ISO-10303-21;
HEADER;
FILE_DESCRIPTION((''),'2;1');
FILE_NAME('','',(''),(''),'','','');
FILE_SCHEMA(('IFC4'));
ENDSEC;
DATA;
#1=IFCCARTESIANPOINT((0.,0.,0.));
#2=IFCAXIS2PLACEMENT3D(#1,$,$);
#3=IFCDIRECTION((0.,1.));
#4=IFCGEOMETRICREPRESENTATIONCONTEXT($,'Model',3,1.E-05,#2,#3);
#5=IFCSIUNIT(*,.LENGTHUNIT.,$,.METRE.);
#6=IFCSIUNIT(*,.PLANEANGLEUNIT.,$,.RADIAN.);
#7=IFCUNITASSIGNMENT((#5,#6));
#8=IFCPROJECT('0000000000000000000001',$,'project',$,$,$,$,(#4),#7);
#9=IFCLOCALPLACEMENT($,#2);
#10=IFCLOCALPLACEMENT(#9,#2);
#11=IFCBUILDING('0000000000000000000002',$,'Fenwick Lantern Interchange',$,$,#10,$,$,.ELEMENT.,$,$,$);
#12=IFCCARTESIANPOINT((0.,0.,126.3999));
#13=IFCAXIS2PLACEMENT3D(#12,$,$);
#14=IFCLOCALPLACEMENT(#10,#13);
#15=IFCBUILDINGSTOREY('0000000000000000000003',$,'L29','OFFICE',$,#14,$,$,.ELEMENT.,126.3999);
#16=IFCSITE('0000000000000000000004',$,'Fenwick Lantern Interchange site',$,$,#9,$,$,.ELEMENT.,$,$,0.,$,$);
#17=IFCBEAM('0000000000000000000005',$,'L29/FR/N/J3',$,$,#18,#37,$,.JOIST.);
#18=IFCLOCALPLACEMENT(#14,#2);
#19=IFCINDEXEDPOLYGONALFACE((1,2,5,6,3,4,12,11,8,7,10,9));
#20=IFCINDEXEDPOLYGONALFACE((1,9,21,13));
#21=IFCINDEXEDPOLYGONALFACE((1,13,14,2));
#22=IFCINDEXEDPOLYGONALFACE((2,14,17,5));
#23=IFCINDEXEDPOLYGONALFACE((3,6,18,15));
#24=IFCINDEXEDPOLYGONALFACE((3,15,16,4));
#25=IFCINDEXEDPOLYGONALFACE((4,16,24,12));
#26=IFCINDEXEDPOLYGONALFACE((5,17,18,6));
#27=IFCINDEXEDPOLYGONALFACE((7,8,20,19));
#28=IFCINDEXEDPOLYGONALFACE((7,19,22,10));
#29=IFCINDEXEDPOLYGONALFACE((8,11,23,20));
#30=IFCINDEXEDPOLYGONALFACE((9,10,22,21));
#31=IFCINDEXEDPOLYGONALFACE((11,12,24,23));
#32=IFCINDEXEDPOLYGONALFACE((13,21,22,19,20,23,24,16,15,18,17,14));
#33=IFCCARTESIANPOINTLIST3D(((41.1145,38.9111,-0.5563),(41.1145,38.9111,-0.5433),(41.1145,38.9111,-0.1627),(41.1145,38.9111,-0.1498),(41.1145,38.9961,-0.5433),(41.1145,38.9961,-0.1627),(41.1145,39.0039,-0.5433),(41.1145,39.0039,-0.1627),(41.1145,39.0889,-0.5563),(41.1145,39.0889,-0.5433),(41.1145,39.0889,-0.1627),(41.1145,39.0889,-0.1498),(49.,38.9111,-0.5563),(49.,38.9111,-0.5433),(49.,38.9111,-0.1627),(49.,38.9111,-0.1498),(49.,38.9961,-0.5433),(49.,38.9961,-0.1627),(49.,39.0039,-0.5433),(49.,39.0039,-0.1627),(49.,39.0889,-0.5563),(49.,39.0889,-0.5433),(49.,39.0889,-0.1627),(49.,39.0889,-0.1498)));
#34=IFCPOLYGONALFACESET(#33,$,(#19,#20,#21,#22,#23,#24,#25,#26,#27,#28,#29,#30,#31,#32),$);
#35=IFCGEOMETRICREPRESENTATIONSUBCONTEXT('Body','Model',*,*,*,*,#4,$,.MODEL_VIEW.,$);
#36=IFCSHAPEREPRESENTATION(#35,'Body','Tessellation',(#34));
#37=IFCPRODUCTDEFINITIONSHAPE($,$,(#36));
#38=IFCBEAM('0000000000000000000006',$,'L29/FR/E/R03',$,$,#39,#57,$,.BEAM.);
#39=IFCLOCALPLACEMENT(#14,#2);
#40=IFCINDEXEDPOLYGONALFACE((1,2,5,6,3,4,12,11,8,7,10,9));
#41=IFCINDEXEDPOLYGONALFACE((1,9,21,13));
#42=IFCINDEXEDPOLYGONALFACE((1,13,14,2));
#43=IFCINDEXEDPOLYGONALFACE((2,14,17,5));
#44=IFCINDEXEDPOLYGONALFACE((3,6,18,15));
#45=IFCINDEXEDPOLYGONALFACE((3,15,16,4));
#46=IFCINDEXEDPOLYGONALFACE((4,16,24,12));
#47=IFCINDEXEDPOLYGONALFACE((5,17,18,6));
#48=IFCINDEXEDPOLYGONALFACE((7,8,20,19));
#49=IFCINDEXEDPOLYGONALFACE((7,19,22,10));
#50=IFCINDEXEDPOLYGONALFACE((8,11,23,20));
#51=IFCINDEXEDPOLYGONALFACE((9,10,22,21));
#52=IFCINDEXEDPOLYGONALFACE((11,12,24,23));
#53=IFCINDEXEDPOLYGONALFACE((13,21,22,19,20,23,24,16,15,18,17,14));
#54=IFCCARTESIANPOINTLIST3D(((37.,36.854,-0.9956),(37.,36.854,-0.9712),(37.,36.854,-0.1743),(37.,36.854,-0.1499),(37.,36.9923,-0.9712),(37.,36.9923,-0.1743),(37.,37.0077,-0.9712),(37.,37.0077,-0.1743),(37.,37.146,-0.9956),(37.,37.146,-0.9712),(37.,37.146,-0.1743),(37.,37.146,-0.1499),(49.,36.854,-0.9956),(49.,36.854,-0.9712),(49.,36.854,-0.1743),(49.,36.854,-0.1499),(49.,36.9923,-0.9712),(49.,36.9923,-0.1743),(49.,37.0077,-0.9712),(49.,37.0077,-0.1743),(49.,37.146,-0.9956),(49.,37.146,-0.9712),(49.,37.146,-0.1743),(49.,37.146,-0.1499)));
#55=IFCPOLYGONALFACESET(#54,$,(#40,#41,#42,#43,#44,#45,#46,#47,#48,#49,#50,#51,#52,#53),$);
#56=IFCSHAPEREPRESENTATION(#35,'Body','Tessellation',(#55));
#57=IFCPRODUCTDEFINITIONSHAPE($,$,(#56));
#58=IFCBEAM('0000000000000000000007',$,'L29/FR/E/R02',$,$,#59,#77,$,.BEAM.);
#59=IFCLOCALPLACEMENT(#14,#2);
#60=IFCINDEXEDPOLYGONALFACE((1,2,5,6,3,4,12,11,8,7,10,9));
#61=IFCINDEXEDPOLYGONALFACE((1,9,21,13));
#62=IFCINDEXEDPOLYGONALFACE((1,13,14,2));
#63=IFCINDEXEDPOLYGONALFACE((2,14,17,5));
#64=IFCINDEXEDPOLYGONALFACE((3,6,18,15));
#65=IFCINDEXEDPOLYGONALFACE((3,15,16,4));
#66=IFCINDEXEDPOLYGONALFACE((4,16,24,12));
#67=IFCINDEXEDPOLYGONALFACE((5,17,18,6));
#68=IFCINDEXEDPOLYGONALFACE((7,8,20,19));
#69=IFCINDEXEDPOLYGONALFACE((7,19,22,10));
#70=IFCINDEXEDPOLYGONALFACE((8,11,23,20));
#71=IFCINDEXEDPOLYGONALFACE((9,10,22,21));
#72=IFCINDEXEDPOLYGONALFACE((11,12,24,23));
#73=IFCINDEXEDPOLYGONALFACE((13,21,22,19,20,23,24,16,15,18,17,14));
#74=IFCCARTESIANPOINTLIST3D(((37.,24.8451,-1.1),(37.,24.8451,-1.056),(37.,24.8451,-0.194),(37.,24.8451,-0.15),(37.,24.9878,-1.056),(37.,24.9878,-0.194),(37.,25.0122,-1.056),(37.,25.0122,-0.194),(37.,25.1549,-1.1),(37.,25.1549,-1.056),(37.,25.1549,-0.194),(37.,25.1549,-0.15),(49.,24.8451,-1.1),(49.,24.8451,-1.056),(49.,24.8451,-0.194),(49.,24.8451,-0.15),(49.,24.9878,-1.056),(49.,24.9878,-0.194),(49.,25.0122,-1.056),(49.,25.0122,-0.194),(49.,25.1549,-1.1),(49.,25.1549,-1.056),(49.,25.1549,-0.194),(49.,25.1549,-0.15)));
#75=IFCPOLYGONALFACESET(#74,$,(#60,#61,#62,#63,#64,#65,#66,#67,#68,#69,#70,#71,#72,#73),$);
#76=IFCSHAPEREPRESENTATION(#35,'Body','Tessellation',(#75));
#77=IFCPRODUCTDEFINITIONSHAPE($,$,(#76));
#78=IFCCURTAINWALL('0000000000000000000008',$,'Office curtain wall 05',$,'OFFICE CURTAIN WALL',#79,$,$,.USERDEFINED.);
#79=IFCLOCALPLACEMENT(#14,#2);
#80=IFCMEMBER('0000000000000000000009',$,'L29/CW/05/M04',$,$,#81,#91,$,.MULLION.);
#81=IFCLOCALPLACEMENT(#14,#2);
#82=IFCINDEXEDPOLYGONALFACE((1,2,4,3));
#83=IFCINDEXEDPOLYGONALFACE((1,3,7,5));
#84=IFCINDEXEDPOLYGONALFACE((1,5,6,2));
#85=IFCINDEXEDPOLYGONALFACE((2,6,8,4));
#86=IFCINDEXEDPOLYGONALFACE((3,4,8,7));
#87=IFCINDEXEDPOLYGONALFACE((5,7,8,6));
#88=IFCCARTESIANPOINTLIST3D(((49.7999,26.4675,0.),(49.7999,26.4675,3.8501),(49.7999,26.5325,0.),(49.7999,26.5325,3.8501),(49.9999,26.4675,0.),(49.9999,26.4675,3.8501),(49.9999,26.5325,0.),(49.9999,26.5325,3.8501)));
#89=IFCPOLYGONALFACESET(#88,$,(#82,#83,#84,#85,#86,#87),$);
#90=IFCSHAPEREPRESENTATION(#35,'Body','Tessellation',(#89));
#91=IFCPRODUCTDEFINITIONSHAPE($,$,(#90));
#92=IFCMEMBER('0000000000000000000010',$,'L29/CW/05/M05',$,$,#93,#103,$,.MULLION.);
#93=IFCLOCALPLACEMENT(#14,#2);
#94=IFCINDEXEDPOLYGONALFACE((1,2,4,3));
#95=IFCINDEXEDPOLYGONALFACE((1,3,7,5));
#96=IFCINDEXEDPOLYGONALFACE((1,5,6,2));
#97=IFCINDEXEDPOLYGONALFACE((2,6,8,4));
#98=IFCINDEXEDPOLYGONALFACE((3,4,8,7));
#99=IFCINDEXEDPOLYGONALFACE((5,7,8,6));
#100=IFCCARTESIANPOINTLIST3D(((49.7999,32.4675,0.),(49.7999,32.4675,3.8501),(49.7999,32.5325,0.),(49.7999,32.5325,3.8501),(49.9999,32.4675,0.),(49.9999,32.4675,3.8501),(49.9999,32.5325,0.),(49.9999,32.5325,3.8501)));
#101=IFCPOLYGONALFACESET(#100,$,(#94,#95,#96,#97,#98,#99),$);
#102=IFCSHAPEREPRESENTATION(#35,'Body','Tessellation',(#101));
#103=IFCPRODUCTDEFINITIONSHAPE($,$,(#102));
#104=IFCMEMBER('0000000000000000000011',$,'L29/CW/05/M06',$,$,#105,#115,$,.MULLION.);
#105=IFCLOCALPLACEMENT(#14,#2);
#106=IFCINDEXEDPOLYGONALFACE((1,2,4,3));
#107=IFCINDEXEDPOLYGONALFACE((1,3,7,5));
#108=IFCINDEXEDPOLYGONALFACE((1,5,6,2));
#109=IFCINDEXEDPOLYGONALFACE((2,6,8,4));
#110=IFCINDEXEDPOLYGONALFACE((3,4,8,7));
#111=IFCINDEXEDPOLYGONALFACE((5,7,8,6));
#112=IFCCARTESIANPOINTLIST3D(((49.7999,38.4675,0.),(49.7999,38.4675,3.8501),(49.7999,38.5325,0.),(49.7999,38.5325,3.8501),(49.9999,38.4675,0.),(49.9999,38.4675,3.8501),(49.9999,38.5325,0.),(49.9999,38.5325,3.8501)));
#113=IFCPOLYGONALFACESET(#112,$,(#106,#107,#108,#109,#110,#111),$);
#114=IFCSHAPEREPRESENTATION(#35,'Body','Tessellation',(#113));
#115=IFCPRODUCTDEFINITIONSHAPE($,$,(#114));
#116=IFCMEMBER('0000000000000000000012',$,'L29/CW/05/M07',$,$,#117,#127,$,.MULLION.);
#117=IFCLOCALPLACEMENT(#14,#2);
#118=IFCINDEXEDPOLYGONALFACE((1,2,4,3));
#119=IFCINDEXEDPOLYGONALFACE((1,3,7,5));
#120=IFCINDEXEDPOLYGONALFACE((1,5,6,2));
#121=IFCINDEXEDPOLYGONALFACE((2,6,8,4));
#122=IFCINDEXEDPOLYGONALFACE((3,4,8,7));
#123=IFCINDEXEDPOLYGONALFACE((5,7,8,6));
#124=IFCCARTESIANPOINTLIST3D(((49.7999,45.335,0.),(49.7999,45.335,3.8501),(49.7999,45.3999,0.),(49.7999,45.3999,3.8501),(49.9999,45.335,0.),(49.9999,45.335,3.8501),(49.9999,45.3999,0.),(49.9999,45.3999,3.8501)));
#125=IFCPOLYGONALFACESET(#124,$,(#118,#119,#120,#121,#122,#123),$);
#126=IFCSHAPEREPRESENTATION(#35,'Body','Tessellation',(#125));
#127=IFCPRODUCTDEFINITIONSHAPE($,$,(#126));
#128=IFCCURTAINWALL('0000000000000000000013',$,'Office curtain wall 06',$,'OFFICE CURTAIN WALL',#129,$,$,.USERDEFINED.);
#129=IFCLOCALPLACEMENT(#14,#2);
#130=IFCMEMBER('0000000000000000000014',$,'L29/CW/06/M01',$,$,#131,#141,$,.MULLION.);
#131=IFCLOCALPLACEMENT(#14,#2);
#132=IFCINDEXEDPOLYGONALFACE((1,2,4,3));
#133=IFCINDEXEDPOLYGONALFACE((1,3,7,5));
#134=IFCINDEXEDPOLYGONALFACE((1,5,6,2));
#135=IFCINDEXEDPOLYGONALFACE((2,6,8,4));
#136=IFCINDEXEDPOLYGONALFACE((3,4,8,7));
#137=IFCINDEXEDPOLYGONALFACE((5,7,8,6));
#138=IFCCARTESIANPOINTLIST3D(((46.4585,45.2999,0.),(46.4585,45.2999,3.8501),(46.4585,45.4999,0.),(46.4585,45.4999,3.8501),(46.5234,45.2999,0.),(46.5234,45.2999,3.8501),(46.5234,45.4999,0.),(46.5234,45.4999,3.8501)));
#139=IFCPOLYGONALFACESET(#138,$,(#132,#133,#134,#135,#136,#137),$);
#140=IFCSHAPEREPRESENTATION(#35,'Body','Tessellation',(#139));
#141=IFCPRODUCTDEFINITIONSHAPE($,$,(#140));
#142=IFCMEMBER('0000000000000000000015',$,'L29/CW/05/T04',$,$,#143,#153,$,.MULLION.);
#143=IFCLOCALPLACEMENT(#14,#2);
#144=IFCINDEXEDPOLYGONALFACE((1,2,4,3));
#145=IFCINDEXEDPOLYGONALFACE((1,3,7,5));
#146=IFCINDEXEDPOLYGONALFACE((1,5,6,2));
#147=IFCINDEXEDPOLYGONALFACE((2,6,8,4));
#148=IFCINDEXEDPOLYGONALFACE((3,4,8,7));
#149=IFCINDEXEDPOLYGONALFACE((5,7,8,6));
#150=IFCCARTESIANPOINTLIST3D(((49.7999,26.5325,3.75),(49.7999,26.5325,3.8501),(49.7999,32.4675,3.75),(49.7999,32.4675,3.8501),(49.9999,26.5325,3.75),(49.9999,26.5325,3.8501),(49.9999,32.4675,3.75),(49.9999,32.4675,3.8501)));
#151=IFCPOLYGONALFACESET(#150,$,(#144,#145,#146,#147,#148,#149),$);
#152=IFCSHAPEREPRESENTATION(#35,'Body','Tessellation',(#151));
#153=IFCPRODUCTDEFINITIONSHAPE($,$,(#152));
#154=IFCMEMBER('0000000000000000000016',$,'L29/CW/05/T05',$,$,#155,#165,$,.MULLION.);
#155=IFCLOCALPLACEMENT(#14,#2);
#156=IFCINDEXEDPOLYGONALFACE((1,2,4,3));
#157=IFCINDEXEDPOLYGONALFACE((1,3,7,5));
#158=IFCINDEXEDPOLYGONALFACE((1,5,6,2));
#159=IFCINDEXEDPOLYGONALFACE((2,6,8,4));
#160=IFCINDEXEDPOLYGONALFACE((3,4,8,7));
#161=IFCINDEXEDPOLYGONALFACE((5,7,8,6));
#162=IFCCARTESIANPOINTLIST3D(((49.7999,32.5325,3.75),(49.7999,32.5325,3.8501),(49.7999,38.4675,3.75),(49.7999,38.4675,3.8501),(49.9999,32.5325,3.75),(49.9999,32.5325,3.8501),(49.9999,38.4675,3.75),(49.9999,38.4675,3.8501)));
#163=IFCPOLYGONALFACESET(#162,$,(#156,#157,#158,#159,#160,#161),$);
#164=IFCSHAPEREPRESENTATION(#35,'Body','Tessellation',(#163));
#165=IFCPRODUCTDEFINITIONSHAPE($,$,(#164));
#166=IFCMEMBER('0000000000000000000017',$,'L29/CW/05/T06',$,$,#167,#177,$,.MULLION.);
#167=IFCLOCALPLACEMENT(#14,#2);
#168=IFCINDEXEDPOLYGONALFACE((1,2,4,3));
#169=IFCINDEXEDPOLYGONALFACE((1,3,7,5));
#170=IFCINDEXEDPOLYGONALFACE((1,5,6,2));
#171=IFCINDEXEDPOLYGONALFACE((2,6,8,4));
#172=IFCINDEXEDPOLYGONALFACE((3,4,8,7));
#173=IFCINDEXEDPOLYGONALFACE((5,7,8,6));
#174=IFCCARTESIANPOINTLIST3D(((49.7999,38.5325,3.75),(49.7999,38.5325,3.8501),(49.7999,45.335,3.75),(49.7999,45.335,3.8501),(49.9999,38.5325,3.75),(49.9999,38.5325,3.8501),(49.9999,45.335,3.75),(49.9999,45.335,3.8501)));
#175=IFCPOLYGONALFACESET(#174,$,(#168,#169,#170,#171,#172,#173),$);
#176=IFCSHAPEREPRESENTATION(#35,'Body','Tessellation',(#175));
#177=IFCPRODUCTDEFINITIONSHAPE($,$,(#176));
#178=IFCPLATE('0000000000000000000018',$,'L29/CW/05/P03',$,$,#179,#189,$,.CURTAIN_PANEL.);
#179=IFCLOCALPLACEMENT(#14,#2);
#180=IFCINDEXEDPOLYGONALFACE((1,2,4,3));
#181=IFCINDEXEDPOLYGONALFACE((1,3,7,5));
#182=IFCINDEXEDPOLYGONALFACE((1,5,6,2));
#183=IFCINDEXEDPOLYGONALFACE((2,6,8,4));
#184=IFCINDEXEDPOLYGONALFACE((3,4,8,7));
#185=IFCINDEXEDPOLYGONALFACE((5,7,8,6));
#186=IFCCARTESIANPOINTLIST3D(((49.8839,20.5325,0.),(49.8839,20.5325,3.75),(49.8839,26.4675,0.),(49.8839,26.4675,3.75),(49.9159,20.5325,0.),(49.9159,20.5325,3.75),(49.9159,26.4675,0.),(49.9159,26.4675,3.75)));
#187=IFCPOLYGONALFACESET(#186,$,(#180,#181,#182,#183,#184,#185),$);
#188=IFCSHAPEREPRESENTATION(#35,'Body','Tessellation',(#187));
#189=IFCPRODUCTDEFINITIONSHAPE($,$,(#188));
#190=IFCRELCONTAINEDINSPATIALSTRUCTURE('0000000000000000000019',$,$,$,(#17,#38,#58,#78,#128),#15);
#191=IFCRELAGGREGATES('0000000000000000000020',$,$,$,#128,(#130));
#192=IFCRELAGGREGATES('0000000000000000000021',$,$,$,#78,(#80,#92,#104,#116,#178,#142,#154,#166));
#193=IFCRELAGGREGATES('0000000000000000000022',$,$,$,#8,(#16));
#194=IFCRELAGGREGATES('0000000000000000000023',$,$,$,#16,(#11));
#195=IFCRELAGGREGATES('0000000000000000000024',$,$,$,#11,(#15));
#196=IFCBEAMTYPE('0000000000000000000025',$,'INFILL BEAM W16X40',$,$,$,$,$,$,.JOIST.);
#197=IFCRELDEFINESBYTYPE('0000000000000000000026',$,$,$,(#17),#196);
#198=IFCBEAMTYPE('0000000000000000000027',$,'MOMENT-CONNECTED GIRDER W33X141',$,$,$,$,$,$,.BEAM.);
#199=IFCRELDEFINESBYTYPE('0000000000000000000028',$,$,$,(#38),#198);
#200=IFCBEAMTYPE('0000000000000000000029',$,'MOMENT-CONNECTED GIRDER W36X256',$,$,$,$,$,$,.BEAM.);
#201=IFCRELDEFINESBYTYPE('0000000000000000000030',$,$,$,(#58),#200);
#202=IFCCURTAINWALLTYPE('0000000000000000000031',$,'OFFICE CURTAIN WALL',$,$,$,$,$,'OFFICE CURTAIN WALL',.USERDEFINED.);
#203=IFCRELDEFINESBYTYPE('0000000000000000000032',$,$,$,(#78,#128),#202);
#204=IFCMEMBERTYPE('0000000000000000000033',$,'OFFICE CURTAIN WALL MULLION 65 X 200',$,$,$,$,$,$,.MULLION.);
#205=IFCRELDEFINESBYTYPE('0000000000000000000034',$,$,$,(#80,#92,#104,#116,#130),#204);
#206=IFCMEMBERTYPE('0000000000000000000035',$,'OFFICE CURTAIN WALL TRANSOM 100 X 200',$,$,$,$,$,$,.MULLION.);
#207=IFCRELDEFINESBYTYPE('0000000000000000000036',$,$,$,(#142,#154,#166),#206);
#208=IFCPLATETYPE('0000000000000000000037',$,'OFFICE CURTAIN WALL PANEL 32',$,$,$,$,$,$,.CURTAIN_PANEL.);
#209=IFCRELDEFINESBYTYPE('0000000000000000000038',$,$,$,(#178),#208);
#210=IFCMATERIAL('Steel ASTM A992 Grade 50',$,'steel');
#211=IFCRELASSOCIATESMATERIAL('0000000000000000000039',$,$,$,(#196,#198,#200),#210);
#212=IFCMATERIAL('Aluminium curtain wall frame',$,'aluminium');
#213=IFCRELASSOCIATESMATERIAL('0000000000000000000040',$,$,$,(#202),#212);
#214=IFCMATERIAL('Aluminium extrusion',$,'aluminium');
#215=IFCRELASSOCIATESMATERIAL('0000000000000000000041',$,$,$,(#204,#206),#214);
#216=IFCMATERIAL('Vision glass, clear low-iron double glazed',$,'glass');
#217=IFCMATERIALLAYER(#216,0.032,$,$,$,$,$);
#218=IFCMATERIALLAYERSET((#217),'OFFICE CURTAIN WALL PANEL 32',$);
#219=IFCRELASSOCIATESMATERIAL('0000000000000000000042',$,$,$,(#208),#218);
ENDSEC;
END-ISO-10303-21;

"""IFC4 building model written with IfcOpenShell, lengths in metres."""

from ifc_helpers import new_model, si_unit, direction, frame, origin, origin_2d, place, context, subcontext, project, spatial, rectangle, i_section, extrude, material, layer, layer_set, material_profile, profile_set, type_object, element, aggregate, save


model = new_model("IFC4")

# Units and contexts
model_context = context("Model", 3, precision=1e-05, world=origin(), true_north=direction((0.0, 1.0)))
body_context = subcontext(model_context, "Body", "Model", "MODEL_VIEW")
ifc_project = project(units=[si_unit("LENGTHUNIT", "METRE"), si_unit("PLANEANGLEUNIT", "RADIAN")], contexts=[model_context])

# Site, building, storey
site_placement = place(None, origin())
site = spatial("IfcSite", under=ifc_project, at=site_placement, Name="Fenwick Lantern Interchange site", CompositionType="ELEMENT", RefElevation=0.0)
building_placement = place(site_placement, origin())
building = spatial("IfcBuilding", under=site, at=building_placement, Name="Fenwick Lantern Interchange", CompositionType="ELEMENT")
storey_placement = place(building_placement, frame((0.0, 0.0, 126.3999)))
storey = spatial("IfcBuildingStorey", under=building, at=storey_placement, Name="L29", Description="OFFICE", CompositionType="ELEMENT", Elevation=126.3999)

# Shared definitions
ifc_material_1 = material(Name="Steel ASTM A992 Grade 50", Category="steel")

# Beams
ifc_material_profile_1 = material_profile(ifc_material_1, i_section(OverallWidth=0.1777, OverallDepth=0.4065, WebThickness=0.0078, FlangeThickness=0.0129, at=origin_2d()), Name="W16X40")
ifc_profile_set_1 = profile_set([ifc_material_profile_1], Name="Steel ASTM A992 Grade 50")
beam_type_1 = type_object("IfcBeamType", Name="INFILL BEAM W16X40", PredefinedType="JOIST", material=ifc_profile_set_1)
beam_1_placement = place(storey_placement, frame((49.0, 39.0, -0.353), z_axis=(-1.0, 0.0, 0.0), x_axis=(0.0, -1.0, 0.0)))
element("IfcBeam", 1, at=beam_1_placement, inside=storey, type_object=beam_type_1, Name="L29/FR/N/J3", PredefinedType="JOIST", context=body_context, shape_type="SweptSolid", body=[
    extrude(i_section(OverallWidth=0.1777, OverallDepth=0.4065, WebThickness=0.0078, FlangeThickness=0.0129, at=origin_2d()), origin(), (0.0, 0.0, 1.0), 7.8855),
])
ifc_material_profile_2 = material_profile(ifc_material_1, i_section(OverallWidth=0.292, OverallDepth=0.8457, WebThickness=0.0154, FlangeThickness=0.0244, at=origin_2d()), Name="W33X141")
ifc_profile_set_2 = profile_set([ifc_material_profile_2], Name="Steel ASTM A992 Grade 50")
beam_type_2 = type_object("IfcBeamType", Name="MOMENT-CONNECTED GIRDER W33X141", PredefinedType="BEAM", material=ifc_profile_set_2)
beam_2_placement = place(storey_placement, frame((49.0, 37.0, -0.5728), z_axis=(-1.0, 0.0, 0.0), x_axis=(0.0, -1.0, 0.0)))
element("IfcBeam", 2, at=beam_2_placement, inside=storey, type_object=beam_type_2, Name="L29/FR/E/R03", PredefinedType="BEAM", context=body_context, shape_type="SweptSolid", body=[
    extrude(i_section(OverallWidth=0.292, OverallDepth=0.8457, WebThickness=0.0154, FlangeThickness=0.0244, at=origin_2d()), origin(), (0.0, 0.0, 1.0), 12.0),
])
ifc_material_profile_3 = material_profile(ifc_material_1, i_section(OverallWidth=0.3098, OverallDepth=0.95, WebThickness=0.0244, FlangeThickness=0.0439, at=origin_2d()), Name="W36X256")
ifc_profile_set_3 = profile_set([ifc_material_profile_3], Name="Steel ASTM A992 Grade 50")
beam_type_3 = type_object("IfcBeamType", Name="MOMENT-CONNECTED GIRDER W36X256", PredefinedType="BEAM", material=ifc_profile_set_3)
beam_3_placement = place(storey_placement, frame((49.0, 25.0, -0.625), z_axis=(-1.0, 0.0, 0.0), x_axis=(0.0, -1.0, 0.0)))
element("IfcBeam", 3, at=beam_3_placement, inside=storey, type_object=beam_type_3, Name="L29/FR/E/R02", PredefinedType="BEAM", context=body_context, shape_type="SweptSolid", body=[
    extrude(i_section(OverallWidth=0.3098, OverallDepth=0.95, WebThickness=0.0244, FlangeThickness=0.0439, at=origin_2d()), origin(), (0.0, 0.0, 1.0), 12.0),
])

# Curtain wall, members
ifc_material_2 = material(Name="Aluminium curtain wall frame", Category="aluminium")
curtain_wall_type = type_object("IfcCurtainWallType", Name="OFFICE CURTAIN WALL", ElementType="OFFICE CURTAIN WALL", PredefinedType="USERDEFINED", material=ifc_material_2)
curtain_wall_1_placement = place(storey_placement, origin())
curtain_wall_1 = element("IfcCurtainWall", 4, at=curtain_wall_1_placement, inside=storey, type_object=curtain_wall_type, Name="Office curtain wall 05", ObjectType="OFFICE CURTAIN WALL", PredefinedType="USERDEFINED")
ifc_material_3 = material(Name="Aluminium extrusion", Category="aluminium")
ifc_material_profile_4 = material_profile(ifc_material_3, rectangle(XDim=0.2, YDim=0.0649, at=origin_2d()), Name="OFFICE CURTAIN WALL MULLION 65 X 200")
ifc_profile_set_4 = profile_set([ifc_material_profile_4], Name="Aluminium extrusion")
member_type_1 = type_object("IfcMemberType", Name="OFFICE CURTAIN WALL MULLION 65 X 200", PredefinedType="MULLION", material=ifc_profile_set_4)
member_1_placement = place(storey_placement, frame((49.8999, 26.5, 0.0), z_axis=(0.0, 0.0, 1.0), x_axis=(-1.0, 0.0, 0.0)))
member_1 = element("IfcMember", 5, at=member_1_placement, type_object=member_type_1, Name="L29/CW/05/M04", PredefinedType="MULLION", context=body_context, shape_type="SweptSolid", body=[
    extrude(rectangle(XDim=0.2, YDim=0.0649, at=origin_2d()), origin(), (0.0, 0.0, 1.0), 3.8501),
])
member_2_placement = place(storey_placement, frame((49.8999, 32.5, 0.0), z_axis=(0.0, 0.0, 1.0), x_axis=(-1.0, 0.0, 0.0)))
member_2 = element("IfcMember", 6, at=member_2_placement, type_object=member_type_1, Name="L29/CW/05/M05", PredefinedType="MULLION", context=body_context, shape_type="SweptSolid", body=[
    extrude(rectangle(XDim=0.2, YDim=0.0649, at=origin_2d()), origin(), (0.0, 0.0, 1.0), 3.8501),
])
member_3_placement = place(storey_placement, frame((49.8999, 38.5, 0.0), z_axis=(0.0, 0.0, 1.0), x_axis=(-1.0, 0.0, 0.0)))
member_3 = element("IfcMember", 7, at=member_3_placement, type_object=member_type_1, Name="L29/CW/05/M06", PredefinedType="MULLION", context=body_context, shape_type="SweptSolid", body=[
    extrude(rectangle(XDim=0.2, YDim=0.0649, at=origin_2d()), origin(), (0.0, 0.0, 1.0), 3.8501),
])
member_4_placement = place(storey_placement, frame((49.8999, 45.3674, 0.0), z_axis=(0.0, 0.0, 1.0), x_axis=(-1.0, 0.0, 0.0)))
member_4 = element("IfcMember", 8, at=member_4_placement, type_object=member_type_1, Name="L29/CW/05/M07", PredefinedType="MULLION", context=body_context, shape_type="SweptSolid", body=[
    extrude(rectangle(XDim=0.2, YDim=0.0649, at=origin_2d()), origin(), (0.0, 0.0, 1.0), 3.8501),
])

# Curtain wall, member
curtain_wall_2_placement = place(storey_placement, origin())
curtain_wall_2 = element("IfcCurtainWall", 9, at=curtain_wall_2_placement, inside=storey, type_object=curtain_wall_type, Name="Office curtain wall 06", ObjectType="OFFICE CURTAIN WALL", PredefinedType="USERDEFINED")
member_5_placement = place(storey_placement, frame((46.491, 45.3999, 0.0), z_axis=(0.0, 0.0, 1.0), x_axis=(0.0, -1.0, 0.0)))
member_5 = element("IfcMember", 10, at=member_5_placement, type_object=member_type_1, Name="L29/CW/06/M01", PredefinedType="MULLION", context=body_context, shape_type="SweptSolid", body=[
    extrude(rectangle(XDim=0.2, YDim=0.0649, at=origin_2d()), origin(), (0.0, 0.0, 1.0), 3.8501),
])
aggregate(curtain_wall_2, [member_5])

# Members
ifc_material_profile_5 = material_profile(ifc_material_3, rectangle(XDim=0.2, YDim=0.1001, at=origin_2d()), Name="OFFICE CURTAIN WALL TRANSOM 100 X 200")
ifc_profile_set_5 = profile_set([ifc_material_profile_5], Name="Aluminium extrusion")
member_type_2 = type_object("IfcMemberType", Name="OFFICE CURTAIN WALL TRANSOM 100 X 200", PredefinedType="MULLION", material=ifc_profile_set_5)
member_6_placement = place(storey_placement, frame((49.8999, 26.5325, 3.8), z_axis=(0.0, 1.0, 0.0), x_axis=(-1.0, 0.0, 0.0)))
member_6 = element("IfcMember", 11, at=member_6_placement, type_object=member_type_2, Name="L29/CW/05/T04", PredefinedType="MULLION", context=body_context, shape_type="SweptSolid", body=[
    extrude(rectangle(XDim=0.2, YDim=0.1001, at=origin_2d()), origin(), (0.0, 0.0, 1.0), 5.9351),
])
member_7_placement = place(storey_placement, frame((49.8999, 32.5325, 3.8), z_axis=(0.0, 1.0, 0.0), x_axis=(-1.0, 0.0, 0.0)))
member_7 = element("IfcMember", 12, at=member_7_placement, type_object=member_type_2, Name="L29/CW/05/T05", PredefinedType="MULLION", context=body_context, shape_type="SweptSolid", body=[
    extrude(rectangle(XDim=0.2, YDim=0.1001, at=origin_2d()), origin(), (0.0, 0.0, 1.0), 5.9351),
])
member_8_placement = place(storey_placement, frame((49.8999, 38.5325, 3.8), z_axis=(0.0, 1.0, 0.0), x_axis=(-1.0, 0.0, 0.0)))
member_8 = element("IfcMember", 13, at=member_8_placement, type_object=member_type_2, Name="L29/CW/05/T06", PredefinedType="MULLION", context=body_context, shape_type="SweptSolid", body=[
    extrude(rectangle(XDim=0.2, YDim=0.1001, at=origin_2d()), origin(), (0.0, 0.0, 1.0), 6.8025),
])

# Plate
ifc_material_4 = material(Name="Vision glass, clear low-iron double glazed", Category="glass")
ifc_layer_1 = layer(ifc_material_4, 0.032)
ifc_layer_set_1 = layer_set([ifc_layer_1], Name="OFFICE CURTAIN WALL PANEL 32")
plate_type = type_object("IfcPlateType", Name="OFFICE CURTAIN WALL PANEL 32", PredefinedType="CURTAIN_PANEL", material=ifc_layer_set_1)
plate_placement = place(storey_placement, frame((49.8999, 23.5, 0.0), z_axis=(0.0, 0.0, 1.0), x_axis=(0.0, 1.0, 0.0)))
plate = element("IfcPlate", 14, at=plate_placement, type_object=plate_type, Name="L29/CW/05/P03", PredefinedType="CURTAIN_PANEL", context=body_context, shape_type="SweptSolid", body=[
    extrude(rectangle(XDim=5.9351, YDim=0.032, at=origin_2d()), origin(), (0.0, 0.0, 1.0), 3.75),
])
aggregate(curtain_wall_1, [member_1, member_2, member_3, member_4, plate, member_6, member_7, member_8])

save(model, "model.ifc")
